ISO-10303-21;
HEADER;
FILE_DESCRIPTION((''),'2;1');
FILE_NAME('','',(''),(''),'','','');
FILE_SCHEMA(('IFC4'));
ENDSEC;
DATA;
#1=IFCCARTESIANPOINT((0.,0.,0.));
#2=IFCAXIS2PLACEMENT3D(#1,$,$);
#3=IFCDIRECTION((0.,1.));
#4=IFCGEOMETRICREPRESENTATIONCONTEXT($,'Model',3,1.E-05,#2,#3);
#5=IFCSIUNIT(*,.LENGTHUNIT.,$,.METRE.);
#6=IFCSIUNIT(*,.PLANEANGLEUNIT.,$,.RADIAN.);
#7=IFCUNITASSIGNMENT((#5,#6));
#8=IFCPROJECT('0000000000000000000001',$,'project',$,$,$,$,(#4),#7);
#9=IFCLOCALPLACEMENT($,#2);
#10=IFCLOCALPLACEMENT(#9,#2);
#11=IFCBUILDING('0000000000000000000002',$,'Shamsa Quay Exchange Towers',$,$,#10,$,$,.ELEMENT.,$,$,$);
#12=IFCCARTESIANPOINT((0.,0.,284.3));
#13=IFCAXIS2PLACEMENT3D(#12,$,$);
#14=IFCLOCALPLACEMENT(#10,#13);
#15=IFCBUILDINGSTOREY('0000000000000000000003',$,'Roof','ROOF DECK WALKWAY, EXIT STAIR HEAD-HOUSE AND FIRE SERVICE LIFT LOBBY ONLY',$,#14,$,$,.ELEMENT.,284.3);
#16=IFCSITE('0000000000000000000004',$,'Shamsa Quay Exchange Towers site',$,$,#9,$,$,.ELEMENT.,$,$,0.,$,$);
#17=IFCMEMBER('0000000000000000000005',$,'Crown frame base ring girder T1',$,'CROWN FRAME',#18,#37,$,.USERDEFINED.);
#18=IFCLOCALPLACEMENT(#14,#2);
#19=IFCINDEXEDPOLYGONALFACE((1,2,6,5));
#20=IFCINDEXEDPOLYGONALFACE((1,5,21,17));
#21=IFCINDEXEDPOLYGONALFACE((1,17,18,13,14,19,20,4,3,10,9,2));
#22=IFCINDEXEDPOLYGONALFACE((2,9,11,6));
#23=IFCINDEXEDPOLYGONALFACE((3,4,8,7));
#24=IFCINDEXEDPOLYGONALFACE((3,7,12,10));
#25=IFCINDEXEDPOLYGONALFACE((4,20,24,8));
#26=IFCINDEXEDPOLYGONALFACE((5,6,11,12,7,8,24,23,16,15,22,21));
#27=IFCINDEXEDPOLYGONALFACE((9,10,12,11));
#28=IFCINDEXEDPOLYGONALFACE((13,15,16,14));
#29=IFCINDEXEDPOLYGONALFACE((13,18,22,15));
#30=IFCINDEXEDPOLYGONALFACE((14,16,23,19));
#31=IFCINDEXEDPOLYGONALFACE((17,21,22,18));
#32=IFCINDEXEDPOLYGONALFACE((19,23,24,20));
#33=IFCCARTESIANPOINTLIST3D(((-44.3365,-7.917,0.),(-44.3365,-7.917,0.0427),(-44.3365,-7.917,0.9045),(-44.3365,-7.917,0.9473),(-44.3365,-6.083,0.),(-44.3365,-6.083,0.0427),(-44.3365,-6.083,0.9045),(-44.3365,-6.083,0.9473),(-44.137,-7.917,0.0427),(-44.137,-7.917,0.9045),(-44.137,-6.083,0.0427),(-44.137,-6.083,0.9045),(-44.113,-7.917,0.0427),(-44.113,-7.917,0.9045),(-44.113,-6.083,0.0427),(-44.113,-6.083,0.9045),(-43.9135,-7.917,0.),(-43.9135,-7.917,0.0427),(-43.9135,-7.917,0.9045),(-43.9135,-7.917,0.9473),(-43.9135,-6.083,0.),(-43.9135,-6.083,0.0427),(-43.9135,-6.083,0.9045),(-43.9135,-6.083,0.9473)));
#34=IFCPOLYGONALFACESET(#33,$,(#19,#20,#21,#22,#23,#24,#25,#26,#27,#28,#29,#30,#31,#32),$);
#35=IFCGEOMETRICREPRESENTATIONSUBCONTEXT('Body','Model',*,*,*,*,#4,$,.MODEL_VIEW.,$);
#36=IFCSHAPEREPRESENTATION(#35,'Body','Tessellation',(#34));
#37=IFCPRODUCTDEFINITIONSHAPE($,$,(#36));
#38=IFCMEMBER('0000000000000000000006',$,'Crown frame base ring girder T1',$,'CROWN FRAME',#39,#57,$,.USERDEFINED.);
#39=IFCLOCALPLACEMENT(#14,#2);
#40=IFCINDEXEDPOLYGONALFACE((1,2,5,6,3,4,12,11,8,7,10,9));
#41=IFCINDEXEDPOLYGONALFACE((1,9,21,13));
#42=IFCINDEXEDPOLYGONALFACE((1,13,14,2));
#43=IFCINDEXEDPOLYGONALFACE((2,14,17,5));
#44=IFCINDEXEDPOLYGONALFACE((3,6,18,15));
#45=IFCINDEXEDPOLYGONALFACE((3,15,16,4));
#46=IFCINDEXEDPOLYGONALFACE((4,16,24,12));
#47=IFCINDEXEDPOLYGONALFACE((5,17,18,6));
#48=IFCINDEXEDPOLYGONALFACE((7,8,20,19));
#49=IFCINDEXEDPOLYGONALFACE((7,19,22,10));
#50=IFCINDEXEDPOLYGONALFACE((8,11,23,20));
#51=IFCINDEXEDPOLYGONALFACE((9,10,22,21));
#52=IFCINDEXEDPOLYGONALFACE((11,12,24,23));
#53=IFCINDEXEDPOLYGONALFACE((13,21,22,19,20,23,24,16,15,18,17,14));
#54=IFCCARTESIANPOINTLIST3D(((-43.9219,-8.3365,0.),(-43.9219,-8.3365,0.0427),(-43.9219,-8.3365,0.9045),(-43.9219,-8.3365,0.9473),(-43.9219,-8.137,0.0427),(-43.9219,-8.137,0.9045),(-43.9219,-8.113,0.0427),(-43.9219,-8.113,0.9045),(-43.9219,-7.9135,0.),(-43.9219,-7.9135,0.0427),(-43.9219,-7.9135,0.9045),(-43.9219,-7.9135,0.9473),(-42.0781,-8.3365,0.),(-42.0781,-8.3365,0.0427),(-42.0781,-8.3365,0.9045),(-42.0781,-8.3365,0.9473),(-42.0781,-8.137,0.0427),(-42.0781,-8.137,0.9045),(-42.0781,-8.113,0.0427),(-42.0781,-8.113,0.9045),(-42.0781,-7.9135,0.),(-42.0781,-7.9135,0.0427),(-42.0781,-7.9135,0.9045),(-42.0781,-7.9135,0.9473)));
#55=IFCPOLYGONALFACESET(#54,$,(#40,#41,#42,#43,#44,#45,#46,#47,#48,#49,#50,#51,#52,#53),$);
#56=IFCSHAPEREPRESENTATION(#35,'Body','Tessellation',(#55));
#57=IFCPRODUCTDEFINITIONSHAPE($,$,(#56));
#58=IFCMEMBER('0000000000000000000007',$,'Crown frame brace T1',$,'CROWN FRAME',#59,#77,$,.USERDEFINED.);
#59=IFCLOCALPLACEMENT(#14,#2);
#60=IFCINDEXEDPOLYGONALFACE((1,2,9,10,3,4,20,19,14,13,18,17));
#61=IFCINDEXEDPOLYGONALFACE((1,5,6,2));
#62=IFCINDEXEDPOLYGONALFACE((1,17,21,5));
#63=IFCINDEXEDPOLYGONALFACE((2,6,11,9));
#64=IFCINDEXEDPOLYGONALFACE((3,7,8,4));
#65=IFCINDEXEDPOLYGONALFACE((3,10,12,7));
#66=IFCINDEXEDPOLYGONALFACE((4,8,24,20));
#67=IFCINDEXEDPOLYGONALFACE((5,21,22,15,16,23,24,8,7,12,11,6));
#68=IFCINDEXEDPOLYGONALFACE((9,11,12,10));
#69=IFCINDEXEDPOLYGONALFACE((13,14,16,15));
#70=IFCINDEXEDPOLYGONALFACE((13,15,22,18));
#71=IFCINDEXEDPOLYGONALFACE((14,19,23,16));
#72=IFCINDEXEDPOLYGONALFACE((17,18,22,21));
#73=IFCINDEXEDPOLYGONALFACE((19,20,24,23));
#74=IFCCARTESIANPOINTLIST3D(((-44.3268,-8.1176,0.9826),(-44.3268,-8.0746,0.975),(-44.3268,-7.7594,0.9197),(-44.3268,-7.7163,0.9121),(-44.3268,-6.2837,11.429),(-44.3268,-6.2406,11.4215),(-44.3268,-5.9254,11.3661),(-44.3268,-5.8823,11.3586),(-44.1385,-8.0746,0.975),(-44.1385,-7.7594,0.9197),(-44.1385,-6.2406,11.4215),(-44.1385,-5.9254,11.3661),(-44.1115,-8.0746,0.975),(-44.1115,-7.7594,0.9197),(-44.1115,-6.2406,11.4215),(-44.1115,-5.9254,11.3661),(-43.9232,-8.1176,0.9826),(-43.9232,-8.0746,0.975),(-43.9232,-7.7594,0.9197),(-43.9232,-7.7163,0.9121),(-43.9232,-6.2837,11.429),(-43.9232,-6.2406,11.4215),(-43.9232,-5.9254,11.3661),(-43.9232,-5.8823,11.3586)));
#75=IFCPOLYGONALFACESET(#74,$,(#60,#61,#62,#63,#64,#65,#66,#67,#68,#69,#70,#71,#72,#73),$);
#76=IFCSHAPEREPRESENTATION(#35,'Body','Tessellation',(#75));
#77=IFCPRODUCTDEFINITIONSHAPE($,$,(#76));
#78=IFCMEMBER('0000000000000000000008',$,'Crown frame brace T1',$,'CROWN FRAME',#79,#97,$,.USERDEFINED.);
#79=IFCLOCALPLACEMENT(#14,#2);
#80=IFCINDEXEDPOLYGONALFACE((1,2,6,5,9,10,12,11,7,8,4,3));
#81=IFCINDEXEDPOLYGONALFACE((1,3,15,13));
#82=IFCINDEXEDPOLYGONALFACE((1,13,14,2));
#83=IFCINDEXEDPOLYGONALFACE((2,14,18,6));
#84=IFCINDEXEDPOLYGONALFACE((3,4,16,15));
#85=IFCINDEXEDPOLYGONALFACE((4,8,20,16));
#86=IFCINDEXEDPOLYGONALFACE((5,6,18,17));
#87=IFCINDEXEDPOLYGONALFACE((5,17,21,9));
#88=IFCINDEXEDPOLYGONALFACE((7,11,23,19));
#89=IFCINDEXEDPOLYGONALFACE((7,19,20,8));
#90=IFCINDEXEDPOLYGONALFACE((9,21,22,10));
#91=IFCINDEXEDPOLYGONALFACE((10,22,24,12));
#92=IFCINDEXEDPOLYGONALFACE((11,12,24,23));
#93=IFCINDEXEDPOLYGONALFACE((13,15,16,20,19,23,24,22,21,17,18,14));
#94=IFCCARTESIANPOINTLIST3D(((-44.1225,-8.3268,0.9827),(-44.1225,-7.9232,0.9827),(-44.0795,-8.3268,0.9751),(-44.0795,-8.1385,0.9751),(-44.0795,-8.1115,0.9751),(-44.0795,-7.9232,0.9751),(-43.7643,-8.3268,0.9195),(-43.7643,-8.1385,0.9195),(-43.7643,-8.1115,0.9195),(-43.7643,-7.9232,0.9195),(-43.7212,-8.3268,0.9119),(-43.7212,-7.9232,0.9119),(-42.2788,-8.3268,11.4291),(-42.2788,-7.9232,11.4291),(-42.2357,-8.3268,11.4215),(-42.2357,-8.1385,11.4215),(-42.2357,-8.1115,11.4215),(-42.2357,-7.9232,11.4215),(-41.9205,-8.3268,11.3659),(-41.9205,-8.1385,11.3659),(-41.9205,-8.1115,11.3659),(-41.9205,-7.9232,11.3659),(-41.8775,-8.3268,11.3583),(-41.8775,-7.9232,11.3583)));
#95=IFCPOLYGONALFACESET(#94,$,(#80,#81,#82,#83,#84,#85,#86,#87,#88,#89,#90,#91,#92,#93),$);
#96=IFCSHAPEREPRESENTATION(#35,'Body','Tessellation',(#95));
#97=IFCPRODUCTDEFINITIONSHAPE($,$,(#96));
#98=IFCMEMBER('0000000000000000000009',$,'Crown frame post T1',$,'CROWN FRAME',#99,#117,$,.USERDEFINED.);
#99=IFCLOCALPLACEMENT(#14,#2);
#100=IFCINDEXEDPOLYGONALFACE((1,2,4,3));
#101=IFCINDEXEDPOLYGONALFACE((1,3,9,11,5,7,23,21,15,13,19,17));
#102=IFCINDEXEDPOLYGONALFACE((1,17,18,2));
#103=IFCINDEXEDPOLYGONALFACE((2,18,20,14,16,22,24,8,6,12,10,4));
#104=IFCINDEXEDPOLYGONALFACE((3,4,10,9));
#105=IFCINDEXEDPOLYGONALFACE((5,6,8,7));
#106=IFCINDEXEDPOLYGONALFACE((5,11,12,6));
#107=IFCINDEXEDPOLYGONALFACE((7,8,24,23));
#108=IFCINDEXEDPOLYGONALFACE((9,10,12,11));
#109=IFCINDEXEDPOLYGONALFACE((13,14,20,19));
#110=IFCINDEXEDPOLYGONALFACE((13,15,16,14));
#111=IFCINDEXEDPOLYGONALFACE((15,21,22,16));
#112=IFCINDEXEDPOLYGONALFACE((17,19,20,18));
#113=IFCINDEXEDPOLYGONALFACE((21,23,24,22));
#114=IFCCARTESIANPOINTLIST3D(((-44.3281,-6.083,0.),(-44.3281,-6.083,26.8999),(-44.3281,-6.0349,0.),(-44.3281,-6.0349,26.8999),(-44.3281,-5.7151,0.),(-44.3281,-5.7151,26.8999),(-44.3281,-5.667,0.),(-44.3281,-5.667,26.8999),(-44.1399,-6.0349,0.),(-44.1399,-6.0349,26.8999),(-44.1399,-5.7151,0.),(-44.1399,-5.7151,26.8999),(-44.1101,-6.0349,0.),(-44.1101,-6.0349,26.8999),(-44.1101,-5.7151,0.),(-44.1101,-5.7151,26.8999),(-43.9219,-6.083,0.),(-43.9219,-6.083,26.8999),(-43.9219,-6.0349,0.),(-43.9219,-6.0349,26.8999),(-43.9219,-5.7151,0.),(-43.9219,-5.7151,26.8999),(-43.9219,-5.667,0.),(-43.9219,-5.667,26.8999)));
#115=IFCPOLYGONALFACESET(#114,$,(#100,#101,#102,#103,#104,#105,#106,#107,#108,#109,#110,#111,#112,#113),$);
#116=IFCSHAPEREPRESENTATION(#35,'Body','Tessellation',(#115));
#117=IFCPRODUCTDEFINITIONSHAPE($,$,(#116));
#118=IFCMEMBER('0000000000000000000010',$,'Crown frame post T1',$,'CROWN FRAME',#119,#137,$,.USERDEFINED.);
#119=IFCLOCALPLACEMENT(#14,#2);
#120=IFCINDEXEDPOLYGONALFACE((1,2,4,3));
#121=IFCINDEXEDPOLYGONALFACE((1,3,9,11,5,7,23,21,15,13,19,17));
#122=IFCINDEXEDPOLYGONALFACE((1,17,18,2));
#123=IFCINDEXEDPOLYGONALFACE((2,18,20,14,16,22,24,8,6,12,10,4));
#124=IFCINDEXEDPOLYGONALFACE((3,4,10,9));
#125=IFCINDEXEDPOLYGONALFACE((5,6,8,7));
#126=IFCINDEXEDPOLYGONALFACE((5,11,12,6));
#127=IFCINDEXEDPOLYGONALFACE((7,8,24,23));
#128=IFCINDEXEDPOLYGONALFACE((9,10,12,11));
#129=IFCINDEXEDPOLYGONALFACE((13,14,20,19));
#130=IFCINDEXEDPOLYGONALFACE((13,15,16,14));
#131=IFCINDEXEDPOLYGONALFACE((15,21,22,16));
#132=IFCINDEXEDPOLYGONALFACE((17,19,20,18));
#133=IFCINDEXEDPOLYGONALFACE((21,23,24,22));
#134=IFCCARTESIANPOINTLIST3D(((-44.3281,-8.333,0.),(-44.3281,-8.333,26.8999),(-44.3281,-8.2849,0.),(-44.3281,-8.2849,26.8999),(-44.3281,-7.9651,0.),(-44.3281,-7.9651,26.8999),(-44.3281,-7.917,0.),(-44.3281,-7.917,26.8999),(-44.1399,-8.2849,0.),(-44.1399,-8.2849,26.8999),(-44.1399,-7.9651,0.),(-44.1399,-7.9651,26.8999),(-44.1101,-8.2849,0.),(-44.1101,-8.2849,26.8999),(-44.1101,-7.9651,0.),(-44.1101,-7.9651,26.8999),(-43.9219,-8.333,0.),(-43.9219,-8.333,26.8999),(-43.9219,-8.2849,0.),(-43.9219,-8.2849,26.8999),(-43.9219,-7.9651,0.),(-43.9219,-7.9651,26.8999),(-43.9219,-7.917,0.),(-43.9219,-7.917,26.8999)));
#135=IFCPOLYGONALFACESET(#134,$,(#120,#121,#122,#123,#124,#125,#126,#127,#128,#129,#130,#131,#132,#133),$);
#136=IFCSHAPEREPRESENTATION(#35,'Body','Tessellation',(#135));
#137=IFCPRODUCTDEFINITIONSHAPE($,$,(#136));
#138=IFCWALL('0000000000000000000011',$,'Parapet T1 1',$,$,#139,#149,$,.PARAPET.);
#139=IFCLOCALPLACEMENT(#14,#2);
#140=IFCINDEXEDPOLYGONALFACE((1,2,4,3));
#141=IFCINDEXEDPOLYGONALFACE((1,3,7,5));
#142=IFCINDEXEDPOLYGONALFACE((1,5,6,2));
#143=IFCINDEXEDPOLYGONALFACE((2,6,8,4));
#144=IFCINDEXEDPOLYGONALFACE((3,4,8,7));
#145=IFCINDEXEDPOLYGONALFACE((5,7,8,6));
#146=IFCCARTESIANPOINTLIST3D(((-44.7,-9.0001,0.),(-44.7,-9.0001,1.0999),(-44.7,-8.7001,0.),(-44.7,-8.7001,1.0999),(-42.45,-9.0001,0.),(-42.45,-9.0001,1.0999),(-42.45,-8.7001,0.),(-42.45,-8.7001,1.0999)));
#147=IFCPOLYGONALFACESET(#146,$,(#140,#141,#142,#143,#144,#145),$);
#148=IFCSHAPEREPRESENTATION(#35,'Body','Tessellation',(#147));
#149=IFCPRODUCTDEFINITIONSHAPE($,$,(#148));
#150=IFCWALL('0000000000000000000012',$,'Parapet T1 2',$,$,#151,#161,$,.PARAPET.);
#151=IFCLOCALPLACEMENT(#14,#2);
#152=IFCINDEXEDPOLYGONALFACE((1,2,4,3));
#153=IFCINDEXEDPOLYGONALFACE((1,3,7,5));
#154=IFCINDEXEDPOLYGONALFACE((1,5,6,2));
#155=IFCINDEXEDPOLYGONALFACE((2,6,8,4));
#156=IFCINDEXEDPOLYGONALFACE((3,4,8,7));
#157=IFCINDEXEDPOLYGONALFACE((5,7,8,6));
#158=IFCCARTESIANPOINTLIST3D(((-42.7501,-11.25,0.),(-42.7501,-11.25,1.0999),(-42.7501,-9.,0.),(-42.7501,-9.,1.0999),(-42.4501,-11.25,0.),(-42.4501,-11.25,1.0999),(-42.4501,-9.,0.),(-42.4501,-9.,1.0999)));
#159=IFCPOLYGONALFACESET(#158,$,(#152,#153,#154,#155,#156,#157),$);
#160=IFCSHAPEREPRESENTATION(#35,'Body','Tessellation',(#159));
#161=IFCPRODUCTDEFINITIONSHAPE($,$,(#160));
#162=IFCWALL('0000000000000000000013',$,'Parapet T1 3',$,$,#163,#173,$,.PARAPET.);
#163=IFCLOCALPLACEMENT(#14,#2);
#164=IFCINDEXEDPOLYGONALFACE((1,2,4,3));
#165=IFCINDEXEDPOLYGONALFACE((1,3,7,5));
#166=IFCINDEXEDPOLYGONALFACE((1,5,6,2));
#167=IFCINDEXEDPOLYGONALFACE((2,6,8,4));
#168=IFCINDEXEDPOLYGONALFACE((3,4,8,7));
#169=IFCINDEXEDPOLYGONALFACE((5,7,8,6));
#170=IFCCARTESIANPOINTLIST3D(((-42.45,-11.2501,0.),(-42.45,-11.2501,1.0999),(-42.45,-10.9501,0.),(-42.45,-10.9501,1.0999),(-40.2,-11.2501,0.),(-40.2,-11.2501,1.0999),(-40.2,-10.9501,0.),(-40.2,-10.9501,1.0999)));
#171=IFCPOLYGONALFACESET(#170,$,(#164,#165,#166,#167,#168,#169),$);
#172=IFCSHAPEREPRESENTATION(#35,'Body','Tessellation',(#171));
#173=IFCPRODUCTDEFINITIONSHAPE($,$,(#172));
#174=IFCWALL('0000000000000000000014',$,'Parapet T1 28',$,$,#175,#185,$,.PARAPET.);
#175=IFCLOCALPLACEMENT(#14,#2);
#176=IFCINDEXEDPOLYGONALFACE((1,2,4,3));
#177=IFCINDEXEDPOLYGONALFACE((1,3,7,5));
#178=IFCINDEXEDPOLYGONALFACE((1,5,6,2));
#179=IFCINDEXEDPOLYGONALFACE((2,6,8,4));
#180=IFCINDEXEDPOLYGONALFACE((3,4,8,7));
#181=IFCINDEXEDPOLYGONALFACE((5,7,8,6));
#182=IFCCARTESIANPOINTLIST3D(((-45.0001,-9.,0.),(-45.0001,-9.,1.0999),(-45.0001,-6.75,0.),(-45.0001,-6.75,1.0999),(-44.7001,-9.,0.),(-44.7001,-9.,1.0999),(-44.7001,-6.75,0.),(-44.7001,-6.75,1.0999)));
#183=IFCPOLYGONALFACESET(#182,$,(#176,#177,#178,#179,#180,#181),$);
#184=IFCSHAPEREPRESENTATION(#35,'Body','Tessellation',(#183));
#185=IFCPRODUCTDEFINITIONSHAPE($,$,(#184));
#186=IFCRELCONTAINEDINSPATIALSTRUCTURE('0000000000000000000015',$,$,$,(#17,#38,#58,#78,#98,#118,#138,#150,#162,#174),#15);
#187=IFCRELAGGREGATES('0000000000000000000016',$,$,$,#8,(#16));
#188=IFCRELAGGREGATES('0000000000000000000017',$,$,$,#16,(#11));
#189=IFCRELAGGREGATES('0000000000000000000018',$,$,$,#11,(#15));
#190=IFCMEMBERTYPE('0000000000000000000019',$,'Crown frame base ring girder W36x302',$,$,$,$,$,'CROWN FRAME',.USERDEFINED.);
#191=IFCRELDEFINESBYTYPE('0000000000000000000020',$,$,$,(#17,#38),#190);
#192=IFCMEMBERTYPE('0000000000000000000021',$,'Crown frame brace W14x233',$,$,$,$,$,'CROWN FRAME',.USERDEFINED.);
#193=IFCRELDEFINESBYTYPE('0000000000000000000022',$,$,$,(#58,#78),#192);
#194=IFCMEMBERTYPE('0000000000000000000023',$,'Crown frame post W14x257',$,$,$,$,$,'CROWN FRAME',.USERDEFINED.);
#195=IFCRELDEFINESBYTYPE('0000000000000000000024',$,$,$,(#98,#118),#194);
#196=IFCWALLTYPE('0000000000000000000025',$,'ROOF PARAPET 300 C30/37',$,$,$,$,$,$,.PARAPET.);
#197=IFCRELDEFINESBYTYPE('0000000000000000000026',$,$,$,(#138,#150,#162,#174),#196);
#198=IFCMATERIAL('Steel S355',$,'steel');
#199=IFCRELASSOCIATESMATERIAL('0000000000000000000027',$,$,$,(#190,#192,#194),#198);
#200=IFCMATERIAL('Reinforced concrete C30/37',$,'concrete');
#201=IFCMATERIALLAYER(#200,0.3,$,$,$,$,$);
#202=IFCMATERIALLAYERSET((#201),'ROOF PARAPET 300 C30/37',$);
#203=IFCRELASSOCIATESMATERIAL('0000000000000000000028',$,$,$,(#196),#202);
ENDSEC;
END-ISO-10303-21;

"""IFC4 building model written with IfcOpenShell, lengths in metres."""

from ifc_helpers import new_model, si_unit, direction, frame, frame_2d, origin, origin_2d, place, context, subcontext, project, spatial, rectangle, i_section, extrude, material, layer, layer_set, material_profile, profile_set, type_object, element, save


model = new_model("IFC4")

# Units and contexts
model_context = context("Model", 3, precision=1e-05, world=origin(), true_north=direction((0.0, 1.0)))
body_context = subcontext(model_context, "Body", "Model", "MODEL_VIEW")
ifc_project = project(units=[si_unit("LENGTHUNIT", "METRE"), si_unit("PLANEANGLEUNIT", "RADIAN")], contexts=[model_context])

# Site, building, storey
site_placement = place(None, origin())
site = spatial("IfcSite", under=ifc_project, at=site_placement, Name="Shamsa Quay Exchange Towers site", CompositionType="ELEMENT", RefElevation=0.0)
building_placement = place(site_placement, origin())
building = spatial("IfcBuilding", under=site, at=building_placement, Name="Shamsa Quay Exchange Towers", CompositionType="ELEMENT")
storey_placement = place(building_placement, frame((0.0, 0.0, 284.3)))
storey = spatial("IfcBuildingStorey", under=building, at=storey_placement, Name="Roof", Description="ROOF DECK WALKWAY, EXIT STAIR HEAD-HOUSE AND FIRE SERVICE LIFT LOBBY ONLY", CompositionType="ELEMENT", Elevation=284.3)

# Members
ifc_material_1 = material(Name="Steel S355", Category="steel")
ifc_material_profile_1 = material_profile(ifc_material_1, i_section(OverallWidth=0.4231, OverallDepth=0.9473, WebThickness=0.0239, FlangeThickness=0.0427, at=origin_2d()), Name="W36x302")
ifc_profile_set_1 = profile_set([ifc_material_profile_1], Name="Steel S355")
member_type_1 = type_object("IfcMemberType", Name="Crown frame base ring girder W36x302", ElementType="CROWN FRAME", PredefinedType="USERDEFINED", material=ifc_profile_set_1)
member_1_placement = place(storey_placement, frame((-44.125, -6.083, 0.4736), z_axis=(0.0, -1.0, 0.0), x_axis=(1.0, 0.0, 0.0)))
element("IfcMember", 1, at=member_1_placement, inside=storey, type_object=member_type_1, Name="Crown frame base ring girder T1", ObjectType="CROWN FRAME", PredefinedType="USERDEFINED", context=body_context, shape_type="SweptSolid", body=[
    extrude(i_section(OverallWidth=0.4231, OverallDepth=0.9473, WebThickness=0.0239, FlangeThickness=0.0427, at=origin_2d()), origin(), (0.0, 0.0, 1.0), 1.834),
])
member_2_placement = place(storey_placement, frame((-43.9219, -8.125, 0.4736), z_axis=(1.0, 0.0, 0.0), x_axis=(0.0, 1.0, 0.0)))
element("IfcMember", 2, at=member_2_placement, inside=storey, type_object=member_type_1, Name="Crown frame base ring girder T1", ObjectType="CROWN FRAME", PredefinedType="USERDEFINED", context=body_context, shape_type="SweptSolid", body=[
    extrude(i_section(OverallWidth=0.4231, OverallDepth=0.9473, WebThickness=0.0239, FlangeThickness=0.0427, at=origin_2d()), origin(), (0.0, 0.0, 1.0), 1.8438),
])
ifc_material_profile_2 = material_profile(ifc_material_1, i_section(OverallWidth=0.4036, OverallDepth=0.4075, WebThickness=0.0271, FlangeThickness=0.0437, at=origin_2d()), Name="W14x233")
ifc_profile_set_2 = profile_set([ifc_material_profile_2], Name="Steel S355")
member_type_2 = type_object("IfcMemberType", Name="Crown frame brace W14x233", ElementType="CROWN FRAME", PredefinedType="USERDEFINED", material=ifc_profile_set_2)
member_3_placement = place(storey_placement, frame((-44.125, -6.083, 11.3938), z_axis=(0.0, -0.172915, -0.984937), x_axis=(1.0, 0.0, 0.0)))
element("IfcMember", 3, at=member_3_placement, inside=storey, type_object=member_type_2, Name="Crown frame brace T1", ObjectType="CROWN FRAME", PredefinedType="USERDEFINED", context=body_context, shape_type="SweptSolid", body=[
    extrude(i_section(OverallWidth=0.4036, OverallDepth=0.4075, WebThickness=0.0271, FlangeThickness=0.0437, at=origin_2d()), origin(), (0.0, 0.0, 1.0), 10.6062),
])
member_4_placement = place(storey_placement, frame((-43.9219, -8.125, 0.9473), z_axis=(0.173808, 0.0, 0.98478), x_axis=(0.0, 1.0, 0.0)))
element("IfcMember", 4, at=member_4_placement, inside=storey, type_object=member_type_2, Name="Crown frame brace T1", ObjectType="CROWN FRAME", PredefinedType="USERDEFINED", context=body_context, shape_type="SweptSolid", body=[
    extrude(i_section(OverallWidth=0.4036, OverallDepth=0.4075, WebThickness=0.0271, FlangeThickness=0.0437, at=origin_2d()), origin(), (0.0, 0.0, 1.0), 10.6079),
])
ifc_material_profile_3 = material_profile(ifc_material_1, i_section(OverallWidth=0.4062, OverallDepth=0.416, WebThickness=0.0298, FlangeThickness=0.0481, at=origin_2d()), Name="W14x257")
ifc_profile_set_3 = profile_set([ifc_material_profile_3], Name="Steel S355")
member_type_3 = type_object("IfcMemberType", Name="Crown frame post W14x257", ElementType="CROWN FRAME", PredefinedType="USERDEFINED", material=ifc_profile_set_3)
for number, where, name in (
    (5, (-44.125, -5.875, 0.0), "Crown frame post T1"),
    (6, (-44.125, -8.125, 0.0), "Crown frame post T1"),
):
    element("IfcMember", number, at=place(storey_placement, frame(where)), inside=storey, type_object=member_type_3, Name=name, ObjectType="CROWN FRAME", PredefinedType="USERDEFINED", context=body_context, shape_type="SweptSolid", body=[
        extrude(i_section(OverallWidth=0.4062, OverallDepth=0.416, WebThickness=0.0298, FlangeThickness=0.0481, at=origin_2d()), origin(), (0.0, 0.0, 1.0), 26.8999),
    ])

# Walls
ifc_material_2 = material(Name="Reinforced concrete C30/37", Category="concrete")
ifc_layer_1 = layer(ifc_material_2, 0.3)
ifc_layer_set_1 = layer_set([ifc_layer_1], Name="ROOF PARAPET 300 C30/37")
wall_type = type_object("IfcWallType", Name="ROOF PARAPET 300 C30/37", PredefinedType="PARAPET", material=ifc_layer_set_1)
wall_1_placement = place(storey_placement, frame((-44.7, -8.8501, 0.0)))
element("IfcWall", 7, at=wall_1_placement, inside=storey, type_object=wall_type, Name="Parapet T1 1", PredefinedType="PARAPET", context=body_context, shape_type="SweptSolid", body=[
    extrude(rectangle(XDim=2.25, YDim=0.3, at=frame_2d((1.125, 0.0))), origin(), (0.0, 0.0, 1.0), 1.0999),
])
wall_2_placement = place(storey_placement, frame((-42.6001, -9.0, 0.0), z_axis=(0.0, 0.0, 1.0), x_axis=(0.0, -1.0, 0.0)))
element("IfcWall", 8, at=wall_2_placement, inside=storey, type_object=wall_type, Name="Parapet T1 2", PredefinedType="PARAPET", context=body_context, shape_type="SweptSolid", body=[
    extrude(rectangle(XDim=2.25, YDim=0.3, at=frame_2d((1.125, 0.0))), origin(), (0.0, 0.0, 1.0), 1.0999),
])
wall_3_placement = place(storey_placement, frame((-42.45, -11.1001, 0.0)))
element("IfcWall", 9, at=wall_3_placement, inside=storey, type_object=wall_type, Name="Parapet T1 3", PredefinedType="PARAPET", context=body_context, shape_type="SweptSolid", body=[
    extrude(rectangle(XDim=2.25, YDim=0.3, at=frame_2d((1.125, 0.0))), origin(), (0.0, 0.0, 1.0), 1.0999),
])
wall_4_placement = place(storey_placement, frame((-44.8501, -6.75, 0.0), z_axis=(0.0, 0.0, 1.0), x_axis=(0.0, -1.0, 0.0)))
element("IfcWall", 10, at=wall_4_placement, inside=storey, type_object=wall_type, Name="Parapet T1 28", PredefinedType="PARAPET", context=body_context, shape_type="SweptSolid", body=[
    extrude(rectangle(XDim=2.25, YDim=0.3, at=frame_2d((1.125, 0.0))), origin(), (0.0, 0.0, 1.0), 1.0999),
])

save(model, "model.ifc")
